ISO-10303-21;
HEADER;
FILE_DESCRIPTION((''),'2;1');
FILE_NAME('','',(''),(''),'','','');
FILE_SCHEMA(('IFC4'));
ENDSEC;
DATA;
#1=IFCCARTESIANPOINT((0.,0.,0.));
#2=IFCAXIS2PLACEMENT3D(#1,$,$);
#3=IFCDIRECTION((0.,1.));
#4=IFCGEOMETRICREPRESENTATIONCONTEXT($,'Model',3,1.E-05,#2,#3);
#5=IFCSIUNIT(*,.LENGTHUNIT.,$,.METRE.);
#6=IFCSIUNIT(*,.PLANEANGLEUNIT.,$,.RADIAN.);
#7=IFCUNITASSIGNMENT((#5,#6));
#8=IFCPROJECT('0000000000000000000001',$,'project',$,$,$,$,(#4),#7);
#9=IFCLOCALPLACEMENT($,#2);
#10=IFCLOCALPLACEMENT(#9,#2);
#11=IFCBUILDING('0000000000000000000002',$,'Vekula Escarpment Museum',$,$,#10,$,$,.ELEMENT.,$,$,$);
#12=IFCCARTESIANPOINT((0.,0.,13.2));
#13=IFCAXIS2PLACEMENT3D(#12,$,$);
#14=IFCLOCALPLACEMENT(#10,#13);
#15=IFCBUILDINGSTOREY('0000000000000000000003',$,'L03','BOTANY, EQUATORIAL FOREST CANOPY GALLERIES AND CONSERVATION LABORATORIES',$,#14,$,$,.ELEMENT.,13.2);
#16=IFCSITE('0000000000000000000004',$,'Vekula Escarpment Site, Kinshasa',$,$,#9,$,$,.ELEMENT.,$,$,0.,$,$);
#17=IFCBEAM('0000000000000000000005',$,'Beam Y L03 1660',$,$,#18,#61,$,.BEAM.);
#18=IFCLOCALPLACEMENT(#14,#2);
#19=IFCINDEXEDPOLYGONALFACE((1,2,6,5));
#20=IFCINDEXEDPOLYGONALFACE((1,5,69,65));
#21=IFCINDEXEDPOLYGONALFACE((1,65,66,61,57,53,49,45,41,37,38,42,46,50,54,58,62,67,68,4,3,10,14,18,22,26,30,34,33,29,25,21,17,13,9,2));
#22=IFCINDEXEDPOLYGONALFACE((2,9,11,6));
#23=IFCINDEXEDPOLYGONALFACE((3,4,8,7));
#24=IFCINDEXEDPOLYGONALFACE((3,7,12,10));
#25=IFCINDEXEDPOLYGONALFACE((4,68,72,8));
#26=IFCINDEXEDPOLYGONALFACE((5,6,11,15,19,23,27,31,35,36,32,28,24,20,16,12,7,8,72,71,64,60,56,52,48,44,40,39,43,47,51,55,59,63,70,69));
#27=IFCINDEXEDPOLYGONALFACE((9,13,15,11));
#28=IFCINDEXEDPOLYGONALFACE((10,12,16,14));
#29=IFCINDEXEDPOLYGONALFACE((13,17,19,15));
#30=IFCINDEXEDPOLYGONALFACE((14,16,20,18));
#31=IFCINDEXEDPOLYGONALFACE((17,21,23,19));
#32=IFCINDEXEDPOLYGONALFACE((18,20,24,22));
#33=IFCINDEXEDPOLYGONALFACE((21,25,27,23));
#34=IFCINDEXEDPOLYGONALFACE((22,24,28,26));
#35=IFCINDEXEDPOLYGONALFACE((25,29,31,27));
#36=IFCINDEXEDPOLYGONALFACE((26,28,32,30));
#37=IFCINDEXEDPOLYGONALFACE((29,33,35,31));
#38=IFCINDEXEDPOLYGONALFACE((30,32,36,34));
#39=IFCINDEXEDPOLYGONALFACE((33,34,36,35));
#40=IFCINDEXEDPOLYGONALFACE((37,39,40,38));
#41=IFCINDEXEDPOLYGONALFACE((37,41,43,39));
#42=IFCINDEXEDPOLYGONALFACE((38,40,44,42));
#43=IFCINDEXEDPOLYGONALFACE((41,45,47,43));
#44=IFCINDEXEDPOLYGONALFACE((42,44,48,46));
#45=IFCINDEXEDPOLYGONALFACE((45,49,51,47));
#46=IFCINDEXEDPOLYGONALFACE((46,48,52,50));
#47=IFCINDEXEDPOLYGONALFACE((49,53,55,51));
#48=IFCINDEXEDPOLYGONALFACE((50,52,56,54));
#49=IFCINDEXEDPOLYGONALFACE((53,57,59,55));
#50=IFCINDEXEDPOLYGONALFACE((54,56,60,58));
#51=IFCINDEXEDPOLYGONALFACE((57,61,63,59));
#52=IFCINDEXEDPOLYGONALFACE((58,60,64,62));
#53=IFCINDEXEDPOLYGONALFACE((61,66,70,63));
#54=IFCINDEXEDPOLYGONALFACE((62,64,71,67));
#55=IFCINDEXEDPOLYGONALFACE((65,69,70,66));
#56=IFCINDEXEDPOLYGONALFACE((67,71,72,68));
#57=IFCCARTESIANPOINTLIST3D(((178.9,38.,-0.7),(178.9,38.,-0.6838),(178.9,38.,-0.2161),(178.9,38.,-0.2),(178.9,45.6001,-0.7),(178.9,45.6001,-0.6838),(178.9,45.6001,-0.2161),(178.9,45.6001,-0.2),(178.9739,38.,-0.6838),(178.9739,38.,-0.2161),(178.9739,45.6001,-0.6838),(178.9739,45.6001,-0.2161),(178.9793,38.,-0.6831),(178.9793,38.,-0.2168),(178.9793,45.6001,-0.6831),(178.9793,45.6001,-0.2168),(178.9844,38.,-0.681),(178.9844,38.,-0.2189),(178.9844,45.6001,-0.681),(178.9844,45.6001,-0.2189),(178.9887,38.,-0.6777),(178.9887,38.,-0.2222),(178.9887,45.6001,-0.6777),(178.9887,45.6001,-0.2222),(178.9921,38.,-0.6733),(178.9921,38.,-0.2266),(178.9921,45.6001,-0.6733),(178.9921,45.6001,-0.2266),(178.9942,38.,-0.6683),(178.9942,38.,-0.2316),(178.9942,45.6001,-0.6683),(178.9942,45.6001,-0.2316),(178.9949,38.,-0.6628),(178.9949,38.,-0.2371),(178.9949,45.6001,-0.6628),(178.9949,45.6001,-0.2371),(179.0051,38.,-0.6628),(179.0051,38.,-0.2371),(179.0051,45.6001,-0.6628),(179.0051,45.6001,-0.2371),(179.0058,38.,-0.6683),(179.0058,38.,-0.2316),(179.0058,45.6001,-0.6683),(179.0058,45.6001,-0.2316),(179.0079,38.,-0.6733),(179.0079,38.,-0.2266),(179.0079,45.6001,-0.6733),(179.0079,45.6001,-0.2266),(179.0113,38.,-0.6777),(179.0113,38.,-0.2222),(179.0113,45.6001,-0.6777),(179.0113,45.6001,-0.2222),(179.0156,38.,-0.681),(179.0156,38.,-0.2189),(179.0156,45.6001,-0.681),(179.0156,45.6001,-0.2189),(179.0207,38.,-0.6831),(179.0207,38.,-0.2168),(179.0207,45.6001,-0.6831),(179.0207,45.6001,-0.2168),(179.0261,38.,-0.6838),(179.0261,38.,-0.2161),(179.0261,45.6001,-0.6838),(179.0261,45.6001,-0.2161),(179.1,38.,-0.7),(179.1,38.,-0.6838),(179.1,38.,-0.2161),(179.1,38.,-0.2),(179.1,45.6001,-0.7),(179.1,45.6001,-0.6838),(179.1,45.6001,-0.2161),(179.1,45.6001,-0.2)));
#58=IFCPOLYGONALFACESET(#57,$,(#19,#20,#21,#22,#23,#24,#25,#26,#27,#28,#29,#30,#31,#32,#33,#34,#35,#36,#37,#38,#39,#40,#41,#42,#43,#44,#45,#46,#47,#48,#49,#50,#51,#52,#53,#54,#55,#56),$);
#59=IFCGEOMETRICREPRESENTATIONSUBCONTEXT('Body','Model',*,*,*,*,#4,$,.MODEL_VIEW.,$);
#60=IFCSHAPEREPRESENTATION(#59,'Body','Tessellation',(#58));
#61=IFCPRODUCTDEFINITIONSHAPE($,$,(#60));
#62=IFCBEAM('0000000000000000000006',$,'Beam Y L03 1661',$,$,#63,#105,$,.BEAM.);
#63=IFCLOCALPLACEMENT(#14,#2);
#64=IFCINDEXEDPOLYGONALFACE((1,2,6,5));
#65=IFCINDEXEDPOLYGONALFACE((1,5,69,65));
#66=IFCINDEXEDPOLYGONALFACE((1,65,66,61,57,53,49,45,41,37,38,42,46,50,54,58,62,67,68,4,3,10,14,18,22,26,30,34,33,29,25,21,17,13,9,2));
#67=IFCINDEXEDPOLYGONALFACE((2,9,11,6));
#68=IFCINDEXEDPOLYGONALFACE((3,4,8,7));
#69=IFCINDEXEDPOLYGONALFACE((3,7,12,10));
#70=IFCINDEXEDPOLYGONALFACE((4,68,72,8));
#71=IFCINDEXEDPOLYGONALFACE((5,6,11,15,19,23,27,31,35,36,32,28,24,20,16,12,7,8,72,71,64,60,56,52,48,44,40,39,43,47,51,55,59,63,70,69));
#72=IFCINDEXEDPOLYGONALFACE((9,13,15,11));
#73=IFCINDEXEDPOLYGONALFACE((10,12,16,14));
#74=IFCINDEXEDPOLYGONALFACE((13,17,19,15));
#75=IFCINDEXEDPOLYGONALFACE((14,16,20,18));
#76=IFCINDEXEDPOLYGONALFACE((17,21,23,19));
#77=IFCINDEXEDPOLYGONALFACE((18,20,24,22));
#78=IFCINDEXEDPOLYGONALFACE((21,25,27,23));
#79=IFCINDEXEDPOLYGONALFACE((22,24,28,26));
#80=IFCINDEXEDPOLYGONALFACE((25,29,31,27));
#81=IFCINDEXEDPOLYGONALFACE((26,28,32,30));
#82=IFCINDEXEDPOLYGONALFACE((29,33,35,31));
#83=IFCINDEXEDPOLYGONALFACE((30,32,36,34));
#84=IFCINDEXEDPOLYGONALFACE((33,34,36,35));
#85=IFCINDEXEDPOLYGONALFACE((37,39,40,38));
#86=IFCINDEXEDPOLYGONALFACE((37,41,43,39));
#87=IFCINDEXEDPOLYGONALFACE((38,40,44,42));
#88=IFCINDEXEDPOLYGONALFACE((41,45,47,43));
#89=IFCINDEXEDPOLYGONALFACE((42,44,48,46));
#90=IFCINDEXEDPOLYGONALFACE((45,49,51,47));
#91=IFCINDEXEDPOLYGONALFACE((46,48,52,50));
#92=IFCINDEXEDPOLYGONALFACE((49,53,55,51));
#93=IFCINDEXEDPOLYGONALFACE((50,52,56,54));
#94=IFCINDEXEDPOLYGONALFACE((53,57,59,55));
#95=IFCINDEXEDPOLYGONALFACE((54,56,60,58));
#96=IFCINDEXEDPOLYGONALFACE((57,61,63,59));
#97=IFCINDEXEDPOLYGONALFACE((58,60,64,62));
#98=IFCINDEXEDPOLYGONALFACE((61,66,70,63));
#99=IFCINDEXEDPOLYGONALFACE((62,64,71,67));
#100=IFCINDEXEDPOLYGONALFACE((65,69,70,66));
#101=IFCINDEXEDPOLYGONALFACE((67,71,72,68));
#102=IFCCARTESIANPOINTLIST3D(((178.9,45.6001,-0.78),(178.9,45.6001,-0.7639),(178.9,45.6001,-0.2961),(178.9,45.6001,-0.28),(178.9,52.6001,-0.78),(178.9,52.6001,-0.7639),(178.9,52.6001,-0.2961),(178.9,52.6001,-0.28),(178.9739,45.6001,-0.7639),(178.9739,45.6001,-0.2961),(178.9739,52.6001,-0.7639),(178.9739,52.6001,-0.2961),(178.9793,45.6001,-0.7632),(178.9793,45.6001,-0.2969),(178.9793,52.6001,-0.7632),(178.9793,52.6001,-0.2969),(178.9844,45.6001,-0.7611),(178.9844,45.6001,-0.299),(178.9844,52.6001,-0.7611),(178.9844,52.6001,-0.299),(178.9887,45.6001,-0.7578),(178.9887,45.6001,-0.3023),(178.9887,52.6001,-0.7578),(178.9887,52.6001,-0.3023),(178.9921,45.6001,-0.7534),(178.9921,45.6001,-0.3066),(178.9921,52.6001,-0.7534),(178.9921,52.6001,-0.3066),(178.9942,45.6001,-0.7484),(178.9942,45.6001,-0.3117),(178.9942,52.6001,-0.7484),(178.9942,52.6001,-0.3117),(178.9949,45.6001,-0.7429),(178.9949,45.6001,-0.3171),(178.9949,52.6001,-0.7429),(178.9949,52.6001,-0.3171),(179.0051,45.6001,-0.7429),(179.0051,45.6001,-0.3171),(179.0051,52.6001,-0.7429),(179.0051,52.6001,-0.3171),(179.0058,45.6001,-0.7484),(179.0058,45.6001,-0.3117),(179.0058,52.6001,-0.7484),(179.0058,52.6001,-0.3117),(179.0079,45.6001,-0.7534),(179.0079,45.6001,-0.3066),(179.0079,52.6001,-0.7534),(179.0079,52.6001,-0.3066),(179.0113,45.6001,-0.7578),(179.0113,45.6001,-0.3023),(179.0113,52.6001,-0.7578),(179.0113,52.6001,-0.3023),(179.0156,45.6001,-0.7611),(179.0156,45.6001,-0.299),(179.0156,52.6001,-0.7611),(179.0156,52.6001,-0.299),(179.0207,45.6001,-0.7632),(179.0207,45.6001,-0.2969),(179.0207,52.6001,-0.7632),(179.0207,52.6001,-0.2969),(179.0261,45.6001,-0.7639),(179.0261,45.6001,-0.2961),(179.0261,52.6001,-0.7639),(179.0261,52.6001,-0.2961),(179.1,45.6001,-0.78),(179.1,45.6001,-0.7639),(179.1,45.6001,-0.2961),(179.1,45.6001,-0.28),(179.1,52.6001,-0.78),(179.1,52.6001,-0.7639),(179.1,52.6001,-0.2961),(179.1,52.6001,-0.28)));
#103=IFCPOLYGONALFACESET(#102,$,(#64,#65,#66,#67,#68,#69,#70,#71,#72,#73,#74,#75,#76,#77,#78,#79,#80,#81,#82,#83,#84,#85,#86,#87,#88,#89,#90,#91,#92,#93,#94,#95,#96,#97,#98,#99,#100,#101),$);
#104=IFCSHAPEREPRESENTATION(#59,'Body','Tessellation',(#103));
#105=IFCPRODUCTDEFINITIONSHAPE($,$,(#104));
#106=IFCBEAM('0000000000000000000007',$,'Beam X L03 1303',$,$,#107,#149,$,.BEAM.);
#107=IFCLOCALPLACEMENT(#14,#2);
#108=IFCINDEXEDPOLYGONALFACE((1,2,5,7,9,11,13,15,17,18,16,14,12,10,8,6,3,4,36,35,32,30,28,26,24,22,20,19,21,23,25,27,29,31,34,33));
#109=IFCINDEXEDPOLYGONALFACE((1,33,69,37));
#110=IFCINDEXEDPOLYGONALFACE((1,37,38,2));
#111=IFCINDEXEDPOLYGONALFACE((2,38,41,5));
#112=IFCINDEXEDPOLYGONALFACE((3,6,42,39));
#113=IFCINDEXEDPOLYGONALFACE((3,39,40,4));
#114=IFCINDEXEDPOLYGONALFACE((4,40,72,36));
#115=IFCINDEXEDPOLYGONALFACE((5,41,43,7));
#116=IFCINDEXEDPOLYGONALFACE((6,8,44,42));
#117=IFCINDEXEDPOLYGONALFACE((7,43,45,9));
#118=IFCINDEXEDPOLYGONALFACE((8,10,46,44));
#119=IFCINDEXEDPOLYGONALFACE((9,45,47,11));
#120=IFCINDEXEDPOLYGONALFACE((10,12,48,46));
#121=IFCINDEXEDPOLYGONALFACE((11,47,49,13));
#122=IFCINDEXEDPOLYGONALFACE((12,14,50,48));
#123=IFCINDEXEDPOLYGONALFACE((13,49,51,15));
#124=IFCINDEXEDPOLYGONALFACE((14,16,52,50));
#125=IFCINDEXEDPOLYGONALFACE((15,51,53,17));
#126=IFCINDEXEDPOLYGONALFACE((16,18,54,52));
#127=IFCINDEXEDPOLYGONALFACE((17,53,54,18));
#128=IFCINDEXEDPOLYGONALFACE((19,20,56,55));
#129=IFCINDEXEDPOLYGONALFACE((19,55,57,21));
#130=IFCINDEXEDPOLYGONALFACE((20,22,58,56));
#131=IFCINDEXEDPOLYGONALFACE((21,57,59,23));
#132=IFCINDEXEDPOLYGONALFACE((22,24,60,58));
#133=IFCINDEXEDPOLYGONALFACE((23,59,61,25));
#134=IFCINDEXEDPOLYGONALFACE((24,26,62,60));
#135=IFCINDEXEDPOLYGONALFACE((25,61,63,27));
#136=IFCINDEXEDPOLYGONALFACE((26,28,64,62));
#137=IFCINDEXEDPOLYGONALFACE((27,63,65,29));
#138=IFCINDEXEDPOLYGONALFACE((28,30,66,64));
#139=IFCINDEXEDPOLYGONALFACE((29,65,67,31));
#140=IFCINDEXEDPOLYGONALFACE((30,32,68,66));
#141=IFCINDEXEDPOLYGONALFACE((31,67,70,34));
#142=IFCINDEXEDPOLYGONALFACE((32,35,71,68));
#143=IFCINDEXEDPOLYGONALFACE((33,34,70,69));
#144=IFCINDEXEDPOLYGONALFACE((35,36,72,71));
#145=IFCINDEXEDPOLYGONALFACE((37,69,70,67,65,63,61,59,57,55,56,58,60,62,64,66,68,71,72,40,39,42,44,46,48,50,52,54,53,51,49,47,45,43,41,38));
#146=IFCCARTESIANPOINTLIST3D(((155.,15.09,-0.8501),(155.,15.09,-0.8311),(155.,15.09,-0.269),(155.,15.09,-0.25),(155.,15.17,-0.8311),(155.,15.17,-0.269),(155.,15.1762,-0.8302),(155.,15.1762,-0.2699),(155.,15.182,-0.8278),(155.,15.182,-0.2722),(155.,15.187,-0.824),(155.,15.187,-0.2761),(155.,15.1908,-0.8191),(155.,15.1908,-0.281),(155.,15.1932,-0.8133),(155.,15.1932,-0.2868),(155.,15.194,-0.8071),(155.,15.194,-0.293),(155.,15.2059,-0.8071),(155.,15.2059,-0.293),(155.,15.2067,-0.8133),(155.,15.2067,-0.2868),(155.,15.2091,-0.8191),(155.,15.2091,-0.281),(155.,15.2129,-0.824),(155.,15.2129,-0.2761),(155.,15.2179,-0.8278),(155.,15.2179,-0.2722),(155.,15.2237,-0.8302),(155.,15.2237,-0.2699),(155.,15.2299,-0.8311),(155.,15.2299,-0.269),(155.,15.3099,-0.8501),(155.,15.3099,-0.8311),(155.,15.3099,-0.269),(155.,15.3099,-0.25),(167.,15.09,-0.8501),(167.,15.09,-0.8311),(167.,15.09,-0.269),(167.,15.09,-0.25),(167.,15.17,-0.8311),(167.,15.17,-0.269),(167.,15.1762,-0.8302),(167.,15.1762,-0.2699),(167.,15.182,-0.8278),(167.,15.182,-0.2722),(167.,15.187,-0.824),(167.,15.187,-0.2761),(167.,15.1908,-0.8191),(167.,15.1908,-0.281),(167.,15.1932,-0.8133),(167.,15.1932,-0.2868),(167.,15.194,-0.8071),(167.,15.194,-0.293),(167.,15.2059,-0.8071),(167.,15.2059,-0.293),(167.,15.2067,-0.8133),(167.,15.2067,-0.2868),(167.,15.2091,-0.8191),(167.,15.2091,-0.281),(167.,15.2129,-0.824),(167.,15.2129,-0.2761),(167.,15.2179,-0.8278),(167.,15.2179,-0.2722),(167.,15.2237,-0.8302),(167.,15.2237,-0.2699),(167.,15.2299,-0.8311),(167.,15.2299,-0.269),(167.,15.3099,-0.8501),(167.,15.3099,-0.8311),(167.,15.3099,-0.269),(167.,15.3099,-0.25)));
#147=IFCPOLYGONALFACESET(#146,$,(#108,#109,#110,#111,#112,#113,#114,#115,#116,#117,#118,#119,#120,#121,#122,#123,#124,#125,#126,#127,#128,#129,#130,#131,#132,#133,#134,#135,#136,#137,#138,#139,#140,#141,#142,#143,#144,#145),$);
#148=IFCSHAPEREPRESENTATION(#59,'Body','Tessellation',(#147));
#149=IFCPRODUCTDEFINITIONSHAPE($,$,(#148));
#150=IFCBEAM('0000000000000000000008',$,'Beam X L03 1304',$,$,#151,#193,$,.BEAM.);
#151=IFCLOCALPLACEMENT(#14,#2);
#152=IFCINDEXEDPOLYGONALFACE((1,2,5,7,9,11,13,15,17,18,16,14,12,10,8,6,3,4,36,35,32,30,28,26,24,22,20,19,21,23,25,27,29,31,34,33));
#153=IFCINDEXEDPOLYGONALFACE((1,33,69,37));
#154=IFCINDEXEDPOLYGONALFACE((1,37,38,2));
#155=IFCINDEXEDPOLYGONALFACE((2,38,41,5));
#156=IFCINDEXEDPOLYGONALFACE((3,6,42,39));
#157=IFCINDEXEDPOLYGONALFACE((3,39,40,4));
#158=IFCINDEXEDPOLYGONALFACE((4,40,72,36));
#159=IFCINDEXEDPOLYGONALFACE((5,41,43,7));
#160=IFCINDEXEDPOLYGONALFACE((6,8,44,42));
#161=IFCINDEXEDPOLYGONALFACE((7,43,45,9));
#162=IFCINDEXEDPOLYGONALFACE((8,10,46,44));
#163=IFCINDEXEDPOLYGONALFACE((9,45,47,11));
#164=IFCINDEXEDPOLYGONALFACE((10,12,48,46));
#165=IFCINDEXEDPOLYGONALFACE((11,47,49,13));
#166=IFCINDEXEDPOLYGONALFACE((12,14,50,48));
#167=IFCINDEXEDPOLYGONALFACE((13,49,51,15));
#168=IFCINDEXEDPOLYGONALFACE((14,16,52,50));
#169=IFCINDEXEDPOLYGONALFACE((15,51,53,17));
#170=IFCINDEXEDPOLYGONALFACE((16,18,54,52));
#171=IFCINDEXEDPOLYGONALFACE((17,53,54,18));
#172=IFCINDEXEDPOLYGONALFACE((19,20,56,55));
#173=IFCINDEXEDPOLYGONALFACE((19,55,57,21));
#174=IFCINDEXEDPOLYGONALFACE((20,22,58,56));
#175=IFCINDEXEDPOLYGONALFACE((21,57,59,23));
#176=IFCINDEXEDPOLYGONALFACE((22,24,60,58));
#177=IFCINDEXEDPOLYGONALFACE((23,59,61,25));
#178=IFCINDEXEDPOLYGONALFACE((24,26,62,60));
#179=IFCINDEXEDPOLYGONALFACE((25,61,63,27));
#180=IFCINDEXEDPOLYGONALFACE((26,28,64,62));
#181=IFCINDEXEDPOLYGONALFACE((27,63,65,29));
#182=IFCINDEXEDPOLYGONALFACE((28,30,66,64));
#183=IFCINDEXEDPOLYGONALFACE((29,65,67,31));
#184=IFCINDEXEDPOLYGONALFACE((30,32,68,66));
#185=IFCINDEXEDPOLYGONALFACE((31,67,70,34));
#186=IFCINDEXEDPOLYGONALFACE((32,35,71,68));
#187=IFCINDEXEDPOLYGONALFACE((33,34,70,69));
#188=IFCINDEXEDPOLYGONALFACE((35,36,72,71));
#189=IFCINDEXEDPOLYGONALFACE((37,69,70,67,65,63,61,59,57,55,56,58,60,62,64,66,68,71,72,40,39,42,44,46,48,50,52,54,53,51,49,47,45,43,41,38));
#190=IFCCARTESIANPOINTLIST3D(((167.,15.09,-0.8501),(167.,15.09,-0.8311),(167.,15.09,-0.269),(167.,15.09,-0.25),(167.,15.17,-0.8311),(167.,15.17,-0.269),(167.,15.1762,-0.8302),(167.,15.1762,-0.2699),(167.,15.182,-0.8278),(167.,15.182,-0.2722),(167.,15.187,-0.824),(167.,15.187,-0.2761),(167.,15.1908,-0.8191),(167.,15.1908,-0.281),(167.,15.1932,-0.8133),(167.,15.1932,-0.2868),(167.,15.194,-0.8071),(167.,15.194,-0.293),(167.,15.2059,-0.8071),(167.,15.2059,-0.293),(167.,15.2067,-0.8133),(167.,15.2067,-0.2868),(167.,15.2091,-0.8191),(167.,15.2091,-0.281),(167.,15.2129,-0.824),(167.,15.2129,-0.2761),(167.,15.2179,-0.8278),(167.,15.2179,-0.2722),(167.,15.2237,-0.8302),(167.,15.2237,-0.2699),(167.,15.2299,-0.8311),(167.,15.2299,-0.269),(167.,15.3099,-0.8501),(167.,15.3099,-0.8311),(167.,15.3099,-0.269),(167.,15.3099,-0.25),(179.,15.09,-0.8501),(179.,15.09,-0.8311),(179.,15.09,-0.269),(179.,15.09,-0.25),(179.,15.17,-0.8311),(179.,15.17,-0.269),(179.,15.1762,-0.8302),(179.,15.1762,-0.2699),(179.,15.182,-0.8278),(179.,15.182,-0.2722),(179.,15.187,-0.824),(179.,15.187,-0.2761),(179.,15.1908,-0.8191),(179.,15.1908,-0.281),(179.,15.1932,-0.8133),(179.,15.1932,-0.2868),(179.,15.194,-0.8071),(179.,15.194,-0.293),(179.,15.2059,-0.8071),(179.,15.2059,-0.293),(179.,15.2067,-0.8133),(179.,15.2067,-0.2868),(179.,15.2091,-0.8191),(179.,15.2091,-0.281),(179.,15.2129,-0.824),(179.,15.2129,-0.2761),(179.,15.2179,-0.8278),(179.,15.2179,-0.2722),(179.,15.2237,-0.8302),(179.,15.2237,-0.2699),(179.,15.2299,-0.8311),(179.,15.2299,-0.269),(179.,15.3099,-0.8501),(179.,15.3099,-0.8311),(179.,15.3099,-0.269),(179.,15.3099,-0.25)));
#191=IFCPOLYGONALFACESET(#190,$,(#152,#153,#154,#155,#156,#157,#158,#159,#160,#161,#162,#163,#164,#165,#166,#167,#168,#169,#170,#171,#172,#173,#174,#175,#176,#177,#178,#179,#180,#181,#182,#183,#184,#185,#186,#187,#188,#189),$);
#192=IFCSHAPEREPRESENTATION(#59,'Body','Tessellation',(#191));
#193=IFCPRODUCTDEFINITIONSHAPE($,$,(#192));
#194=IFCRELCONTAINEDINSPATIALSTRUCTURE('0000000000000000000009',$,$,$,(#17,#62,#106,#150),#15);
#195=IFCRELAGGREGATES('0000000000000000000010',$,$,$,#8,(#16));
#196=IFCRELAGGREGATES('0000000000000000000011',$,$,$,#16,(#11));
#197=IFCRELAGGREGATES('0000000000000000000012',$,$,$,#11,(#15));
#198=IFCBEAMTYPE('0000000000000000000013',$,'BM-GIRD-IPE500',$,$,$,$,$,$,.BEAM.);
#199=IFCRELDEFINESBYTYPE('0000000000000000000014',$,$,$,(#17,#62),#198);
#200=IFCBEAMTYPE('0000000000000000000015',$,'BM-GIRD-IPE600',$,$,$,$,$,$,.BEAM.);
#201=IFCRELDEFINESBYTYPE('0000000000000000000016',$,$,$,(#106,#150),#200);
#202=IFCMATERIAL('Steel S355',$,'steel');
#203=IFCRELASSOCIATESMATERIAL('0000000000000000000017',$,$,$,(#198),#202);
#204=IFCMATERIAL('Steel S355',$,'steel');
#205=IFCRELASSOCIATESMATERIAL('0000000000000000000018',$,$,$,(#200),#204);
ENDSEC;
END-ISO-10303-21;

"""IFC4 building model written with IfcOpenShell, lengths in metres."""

from ifc_helpers import new_model, si_unit, direction, frame, origin, origin_2d, place, context, subcontext, project, spatial, i_section, extrude, material, material_profile, profile_set, type_object, element, save


model = new_model("IFC4")

# Units and contexts
model_context = context("Model", 3, precision=1e-05, world=origin(), true_north=direction((0.0, 1.0)))
body_context = subcontext(model_context, "Body", "Model", "MODEL_VIEW")
ifc_project = project(units=[si_unit("LENGTHUNIT", "METRE"), si_unit("PLANEANGLEUNIT", "RADIAN")], contexts=[model_context])

# Site, building, storey
site_placement = place(None, origin())
site = spatial("IfcSite", under=ifc_project, at=site_placement, Name="Vekula Escarpment Site, Kinshasa", CompositionType="ELEMENT", RefElevation=0.0)
building_placement = place(site_placement, origin())
building = spatial("IfcBuilding", under=site, at=building_placement, Name="Vekula Escarpment Museum", CompositionType="ELEMENT")
storey_placement = place(building_placement, frame((0.0, 0.0, 13.2)))
storey = spatial("IfcBuildingStorey", under=building, at=storey_placement, Name="L03", Description="BOTANY, EQUATORIAL FOREST CANOPY GALLERIES AND CONSERVATION LABORATORIES", CompositionType="ELEMENT", Elevation=13.2)

# Beams
ifc_material_1 = material(Name="Steel S355", Category="steel")
ifc_material_profile_1 = material_profile(ifc_material_1, i_section(OverallWidth=0.2, OverallDepth=0.5, WebThickness=0.0103, FlangeThickness=0.0161, FilletRadius=0.021, at=origin_2d()), Name="IPE 500")
ifc_profile_set_1 = profile_set([ifc_material_profile_1], Name="Steel S355")
beam_type_1 = type_object("IfcBeamType", Name="BM-GIRD-IPE500", PredefinedType="BEAM", material=ifc_profile_set_1)
for number, where, z_axis, x_axis, name in (
    (1, (179.0, 38.0, -0.45), (0.0, 1.0, 0.0), (-1.0, 0.0, 0.0), "Beam Y L03 1660"),
):
    element("IfcBeam", number, at=place(storey_placement, frame(where, z_axis=z_axis, x_axis=x_axis)), inside=storey, type_object=beam_type_1, Name=name, PredefinedType="BEAM", context=body_context, shape_type="SweptSolid", body=[
        extrude(i_section(OverallWidth=0.2, OverallDepth=0.5, WebThickness=0.0103, FlangeThickness=0.0161, FilletRadius=0.021, at=origin_2d()), origin(), (0.0, 0.0, 1.0), 7.6001),
    ])
beam_1_placement = place(storey_placement, frame((179.0, 45.6001, -0.53), z_axis=(0.0, 1.0, 0.0), x_axis=(-1.0, 0.0, 0.0)))
element("IfcBeam", 2, at=beam_1_placement, inside=storey, type_object=beam_type_1, Name="Beam Y L03 1661", PredefinedType="BEAM", context=body_context, shape_type="SweptSolid", body=[
    extrude(i_section(OverallWidth=0.2, OverallDepth=0.5, WebThickness=0.0103, FlangeThickness=0.0161, FilletRadius=0.021, at=origin_2d()), origin(), (0.0, 0.0, 1.0), 7.0),
])
ifc_material_2 = material(Name="Steel S355", Category="steel")
ifc_material_profile_2 = material_profile(ifc_material_2, i_section(OverallWidth=0.22, OverallDepth=0.6001, WebThickness=0.012, FlangeThickness=0.019, FilletRadius=0.0239, at=origin_2d()), Name="IPE 600")
ifc_profile_set_2 = profile_set([ifc_material_profile_2], Name="Steel S355")
beam_type_2 = type_object("IfcBeamType", Name="BM-GIRD-IPE600", PredefinedType="BEAM", material=ifc_profile_set_2)
for number, where, z_axis, x_axis, name in (
    (3, (155.0, 15.2, -0.55), (1.0, 0.0, 0.0), (0.0, 1.0, 0.0), "Beam X L03 1303"),
    (4, (167.0, 15.2, -0.55), (1.0, 0.0, 0.0), (0.0, 1.0, 0.0), "Beam X L03 1304"),
):
    element("IfcBeam", number, at=place(storey_placement, frame(where, z_axis=z_axis, x_axis=x_axis)), inside=storey, type_object=beam_type_2, Name=name, PredefinedType="BEAM", context=body_context, shape_type="SweptSolid", body=[
        extrude(i_section(OverallWidth=0.22, OverallDepth=0.6001, WebThickness=0.012, FlangeThickness=0.019, FilletRadius=0.0239, at=origin_2d()), origin(), (0.0, 0.0, 1.0), 12.0),
    ])

save(model, "model.ifc")
